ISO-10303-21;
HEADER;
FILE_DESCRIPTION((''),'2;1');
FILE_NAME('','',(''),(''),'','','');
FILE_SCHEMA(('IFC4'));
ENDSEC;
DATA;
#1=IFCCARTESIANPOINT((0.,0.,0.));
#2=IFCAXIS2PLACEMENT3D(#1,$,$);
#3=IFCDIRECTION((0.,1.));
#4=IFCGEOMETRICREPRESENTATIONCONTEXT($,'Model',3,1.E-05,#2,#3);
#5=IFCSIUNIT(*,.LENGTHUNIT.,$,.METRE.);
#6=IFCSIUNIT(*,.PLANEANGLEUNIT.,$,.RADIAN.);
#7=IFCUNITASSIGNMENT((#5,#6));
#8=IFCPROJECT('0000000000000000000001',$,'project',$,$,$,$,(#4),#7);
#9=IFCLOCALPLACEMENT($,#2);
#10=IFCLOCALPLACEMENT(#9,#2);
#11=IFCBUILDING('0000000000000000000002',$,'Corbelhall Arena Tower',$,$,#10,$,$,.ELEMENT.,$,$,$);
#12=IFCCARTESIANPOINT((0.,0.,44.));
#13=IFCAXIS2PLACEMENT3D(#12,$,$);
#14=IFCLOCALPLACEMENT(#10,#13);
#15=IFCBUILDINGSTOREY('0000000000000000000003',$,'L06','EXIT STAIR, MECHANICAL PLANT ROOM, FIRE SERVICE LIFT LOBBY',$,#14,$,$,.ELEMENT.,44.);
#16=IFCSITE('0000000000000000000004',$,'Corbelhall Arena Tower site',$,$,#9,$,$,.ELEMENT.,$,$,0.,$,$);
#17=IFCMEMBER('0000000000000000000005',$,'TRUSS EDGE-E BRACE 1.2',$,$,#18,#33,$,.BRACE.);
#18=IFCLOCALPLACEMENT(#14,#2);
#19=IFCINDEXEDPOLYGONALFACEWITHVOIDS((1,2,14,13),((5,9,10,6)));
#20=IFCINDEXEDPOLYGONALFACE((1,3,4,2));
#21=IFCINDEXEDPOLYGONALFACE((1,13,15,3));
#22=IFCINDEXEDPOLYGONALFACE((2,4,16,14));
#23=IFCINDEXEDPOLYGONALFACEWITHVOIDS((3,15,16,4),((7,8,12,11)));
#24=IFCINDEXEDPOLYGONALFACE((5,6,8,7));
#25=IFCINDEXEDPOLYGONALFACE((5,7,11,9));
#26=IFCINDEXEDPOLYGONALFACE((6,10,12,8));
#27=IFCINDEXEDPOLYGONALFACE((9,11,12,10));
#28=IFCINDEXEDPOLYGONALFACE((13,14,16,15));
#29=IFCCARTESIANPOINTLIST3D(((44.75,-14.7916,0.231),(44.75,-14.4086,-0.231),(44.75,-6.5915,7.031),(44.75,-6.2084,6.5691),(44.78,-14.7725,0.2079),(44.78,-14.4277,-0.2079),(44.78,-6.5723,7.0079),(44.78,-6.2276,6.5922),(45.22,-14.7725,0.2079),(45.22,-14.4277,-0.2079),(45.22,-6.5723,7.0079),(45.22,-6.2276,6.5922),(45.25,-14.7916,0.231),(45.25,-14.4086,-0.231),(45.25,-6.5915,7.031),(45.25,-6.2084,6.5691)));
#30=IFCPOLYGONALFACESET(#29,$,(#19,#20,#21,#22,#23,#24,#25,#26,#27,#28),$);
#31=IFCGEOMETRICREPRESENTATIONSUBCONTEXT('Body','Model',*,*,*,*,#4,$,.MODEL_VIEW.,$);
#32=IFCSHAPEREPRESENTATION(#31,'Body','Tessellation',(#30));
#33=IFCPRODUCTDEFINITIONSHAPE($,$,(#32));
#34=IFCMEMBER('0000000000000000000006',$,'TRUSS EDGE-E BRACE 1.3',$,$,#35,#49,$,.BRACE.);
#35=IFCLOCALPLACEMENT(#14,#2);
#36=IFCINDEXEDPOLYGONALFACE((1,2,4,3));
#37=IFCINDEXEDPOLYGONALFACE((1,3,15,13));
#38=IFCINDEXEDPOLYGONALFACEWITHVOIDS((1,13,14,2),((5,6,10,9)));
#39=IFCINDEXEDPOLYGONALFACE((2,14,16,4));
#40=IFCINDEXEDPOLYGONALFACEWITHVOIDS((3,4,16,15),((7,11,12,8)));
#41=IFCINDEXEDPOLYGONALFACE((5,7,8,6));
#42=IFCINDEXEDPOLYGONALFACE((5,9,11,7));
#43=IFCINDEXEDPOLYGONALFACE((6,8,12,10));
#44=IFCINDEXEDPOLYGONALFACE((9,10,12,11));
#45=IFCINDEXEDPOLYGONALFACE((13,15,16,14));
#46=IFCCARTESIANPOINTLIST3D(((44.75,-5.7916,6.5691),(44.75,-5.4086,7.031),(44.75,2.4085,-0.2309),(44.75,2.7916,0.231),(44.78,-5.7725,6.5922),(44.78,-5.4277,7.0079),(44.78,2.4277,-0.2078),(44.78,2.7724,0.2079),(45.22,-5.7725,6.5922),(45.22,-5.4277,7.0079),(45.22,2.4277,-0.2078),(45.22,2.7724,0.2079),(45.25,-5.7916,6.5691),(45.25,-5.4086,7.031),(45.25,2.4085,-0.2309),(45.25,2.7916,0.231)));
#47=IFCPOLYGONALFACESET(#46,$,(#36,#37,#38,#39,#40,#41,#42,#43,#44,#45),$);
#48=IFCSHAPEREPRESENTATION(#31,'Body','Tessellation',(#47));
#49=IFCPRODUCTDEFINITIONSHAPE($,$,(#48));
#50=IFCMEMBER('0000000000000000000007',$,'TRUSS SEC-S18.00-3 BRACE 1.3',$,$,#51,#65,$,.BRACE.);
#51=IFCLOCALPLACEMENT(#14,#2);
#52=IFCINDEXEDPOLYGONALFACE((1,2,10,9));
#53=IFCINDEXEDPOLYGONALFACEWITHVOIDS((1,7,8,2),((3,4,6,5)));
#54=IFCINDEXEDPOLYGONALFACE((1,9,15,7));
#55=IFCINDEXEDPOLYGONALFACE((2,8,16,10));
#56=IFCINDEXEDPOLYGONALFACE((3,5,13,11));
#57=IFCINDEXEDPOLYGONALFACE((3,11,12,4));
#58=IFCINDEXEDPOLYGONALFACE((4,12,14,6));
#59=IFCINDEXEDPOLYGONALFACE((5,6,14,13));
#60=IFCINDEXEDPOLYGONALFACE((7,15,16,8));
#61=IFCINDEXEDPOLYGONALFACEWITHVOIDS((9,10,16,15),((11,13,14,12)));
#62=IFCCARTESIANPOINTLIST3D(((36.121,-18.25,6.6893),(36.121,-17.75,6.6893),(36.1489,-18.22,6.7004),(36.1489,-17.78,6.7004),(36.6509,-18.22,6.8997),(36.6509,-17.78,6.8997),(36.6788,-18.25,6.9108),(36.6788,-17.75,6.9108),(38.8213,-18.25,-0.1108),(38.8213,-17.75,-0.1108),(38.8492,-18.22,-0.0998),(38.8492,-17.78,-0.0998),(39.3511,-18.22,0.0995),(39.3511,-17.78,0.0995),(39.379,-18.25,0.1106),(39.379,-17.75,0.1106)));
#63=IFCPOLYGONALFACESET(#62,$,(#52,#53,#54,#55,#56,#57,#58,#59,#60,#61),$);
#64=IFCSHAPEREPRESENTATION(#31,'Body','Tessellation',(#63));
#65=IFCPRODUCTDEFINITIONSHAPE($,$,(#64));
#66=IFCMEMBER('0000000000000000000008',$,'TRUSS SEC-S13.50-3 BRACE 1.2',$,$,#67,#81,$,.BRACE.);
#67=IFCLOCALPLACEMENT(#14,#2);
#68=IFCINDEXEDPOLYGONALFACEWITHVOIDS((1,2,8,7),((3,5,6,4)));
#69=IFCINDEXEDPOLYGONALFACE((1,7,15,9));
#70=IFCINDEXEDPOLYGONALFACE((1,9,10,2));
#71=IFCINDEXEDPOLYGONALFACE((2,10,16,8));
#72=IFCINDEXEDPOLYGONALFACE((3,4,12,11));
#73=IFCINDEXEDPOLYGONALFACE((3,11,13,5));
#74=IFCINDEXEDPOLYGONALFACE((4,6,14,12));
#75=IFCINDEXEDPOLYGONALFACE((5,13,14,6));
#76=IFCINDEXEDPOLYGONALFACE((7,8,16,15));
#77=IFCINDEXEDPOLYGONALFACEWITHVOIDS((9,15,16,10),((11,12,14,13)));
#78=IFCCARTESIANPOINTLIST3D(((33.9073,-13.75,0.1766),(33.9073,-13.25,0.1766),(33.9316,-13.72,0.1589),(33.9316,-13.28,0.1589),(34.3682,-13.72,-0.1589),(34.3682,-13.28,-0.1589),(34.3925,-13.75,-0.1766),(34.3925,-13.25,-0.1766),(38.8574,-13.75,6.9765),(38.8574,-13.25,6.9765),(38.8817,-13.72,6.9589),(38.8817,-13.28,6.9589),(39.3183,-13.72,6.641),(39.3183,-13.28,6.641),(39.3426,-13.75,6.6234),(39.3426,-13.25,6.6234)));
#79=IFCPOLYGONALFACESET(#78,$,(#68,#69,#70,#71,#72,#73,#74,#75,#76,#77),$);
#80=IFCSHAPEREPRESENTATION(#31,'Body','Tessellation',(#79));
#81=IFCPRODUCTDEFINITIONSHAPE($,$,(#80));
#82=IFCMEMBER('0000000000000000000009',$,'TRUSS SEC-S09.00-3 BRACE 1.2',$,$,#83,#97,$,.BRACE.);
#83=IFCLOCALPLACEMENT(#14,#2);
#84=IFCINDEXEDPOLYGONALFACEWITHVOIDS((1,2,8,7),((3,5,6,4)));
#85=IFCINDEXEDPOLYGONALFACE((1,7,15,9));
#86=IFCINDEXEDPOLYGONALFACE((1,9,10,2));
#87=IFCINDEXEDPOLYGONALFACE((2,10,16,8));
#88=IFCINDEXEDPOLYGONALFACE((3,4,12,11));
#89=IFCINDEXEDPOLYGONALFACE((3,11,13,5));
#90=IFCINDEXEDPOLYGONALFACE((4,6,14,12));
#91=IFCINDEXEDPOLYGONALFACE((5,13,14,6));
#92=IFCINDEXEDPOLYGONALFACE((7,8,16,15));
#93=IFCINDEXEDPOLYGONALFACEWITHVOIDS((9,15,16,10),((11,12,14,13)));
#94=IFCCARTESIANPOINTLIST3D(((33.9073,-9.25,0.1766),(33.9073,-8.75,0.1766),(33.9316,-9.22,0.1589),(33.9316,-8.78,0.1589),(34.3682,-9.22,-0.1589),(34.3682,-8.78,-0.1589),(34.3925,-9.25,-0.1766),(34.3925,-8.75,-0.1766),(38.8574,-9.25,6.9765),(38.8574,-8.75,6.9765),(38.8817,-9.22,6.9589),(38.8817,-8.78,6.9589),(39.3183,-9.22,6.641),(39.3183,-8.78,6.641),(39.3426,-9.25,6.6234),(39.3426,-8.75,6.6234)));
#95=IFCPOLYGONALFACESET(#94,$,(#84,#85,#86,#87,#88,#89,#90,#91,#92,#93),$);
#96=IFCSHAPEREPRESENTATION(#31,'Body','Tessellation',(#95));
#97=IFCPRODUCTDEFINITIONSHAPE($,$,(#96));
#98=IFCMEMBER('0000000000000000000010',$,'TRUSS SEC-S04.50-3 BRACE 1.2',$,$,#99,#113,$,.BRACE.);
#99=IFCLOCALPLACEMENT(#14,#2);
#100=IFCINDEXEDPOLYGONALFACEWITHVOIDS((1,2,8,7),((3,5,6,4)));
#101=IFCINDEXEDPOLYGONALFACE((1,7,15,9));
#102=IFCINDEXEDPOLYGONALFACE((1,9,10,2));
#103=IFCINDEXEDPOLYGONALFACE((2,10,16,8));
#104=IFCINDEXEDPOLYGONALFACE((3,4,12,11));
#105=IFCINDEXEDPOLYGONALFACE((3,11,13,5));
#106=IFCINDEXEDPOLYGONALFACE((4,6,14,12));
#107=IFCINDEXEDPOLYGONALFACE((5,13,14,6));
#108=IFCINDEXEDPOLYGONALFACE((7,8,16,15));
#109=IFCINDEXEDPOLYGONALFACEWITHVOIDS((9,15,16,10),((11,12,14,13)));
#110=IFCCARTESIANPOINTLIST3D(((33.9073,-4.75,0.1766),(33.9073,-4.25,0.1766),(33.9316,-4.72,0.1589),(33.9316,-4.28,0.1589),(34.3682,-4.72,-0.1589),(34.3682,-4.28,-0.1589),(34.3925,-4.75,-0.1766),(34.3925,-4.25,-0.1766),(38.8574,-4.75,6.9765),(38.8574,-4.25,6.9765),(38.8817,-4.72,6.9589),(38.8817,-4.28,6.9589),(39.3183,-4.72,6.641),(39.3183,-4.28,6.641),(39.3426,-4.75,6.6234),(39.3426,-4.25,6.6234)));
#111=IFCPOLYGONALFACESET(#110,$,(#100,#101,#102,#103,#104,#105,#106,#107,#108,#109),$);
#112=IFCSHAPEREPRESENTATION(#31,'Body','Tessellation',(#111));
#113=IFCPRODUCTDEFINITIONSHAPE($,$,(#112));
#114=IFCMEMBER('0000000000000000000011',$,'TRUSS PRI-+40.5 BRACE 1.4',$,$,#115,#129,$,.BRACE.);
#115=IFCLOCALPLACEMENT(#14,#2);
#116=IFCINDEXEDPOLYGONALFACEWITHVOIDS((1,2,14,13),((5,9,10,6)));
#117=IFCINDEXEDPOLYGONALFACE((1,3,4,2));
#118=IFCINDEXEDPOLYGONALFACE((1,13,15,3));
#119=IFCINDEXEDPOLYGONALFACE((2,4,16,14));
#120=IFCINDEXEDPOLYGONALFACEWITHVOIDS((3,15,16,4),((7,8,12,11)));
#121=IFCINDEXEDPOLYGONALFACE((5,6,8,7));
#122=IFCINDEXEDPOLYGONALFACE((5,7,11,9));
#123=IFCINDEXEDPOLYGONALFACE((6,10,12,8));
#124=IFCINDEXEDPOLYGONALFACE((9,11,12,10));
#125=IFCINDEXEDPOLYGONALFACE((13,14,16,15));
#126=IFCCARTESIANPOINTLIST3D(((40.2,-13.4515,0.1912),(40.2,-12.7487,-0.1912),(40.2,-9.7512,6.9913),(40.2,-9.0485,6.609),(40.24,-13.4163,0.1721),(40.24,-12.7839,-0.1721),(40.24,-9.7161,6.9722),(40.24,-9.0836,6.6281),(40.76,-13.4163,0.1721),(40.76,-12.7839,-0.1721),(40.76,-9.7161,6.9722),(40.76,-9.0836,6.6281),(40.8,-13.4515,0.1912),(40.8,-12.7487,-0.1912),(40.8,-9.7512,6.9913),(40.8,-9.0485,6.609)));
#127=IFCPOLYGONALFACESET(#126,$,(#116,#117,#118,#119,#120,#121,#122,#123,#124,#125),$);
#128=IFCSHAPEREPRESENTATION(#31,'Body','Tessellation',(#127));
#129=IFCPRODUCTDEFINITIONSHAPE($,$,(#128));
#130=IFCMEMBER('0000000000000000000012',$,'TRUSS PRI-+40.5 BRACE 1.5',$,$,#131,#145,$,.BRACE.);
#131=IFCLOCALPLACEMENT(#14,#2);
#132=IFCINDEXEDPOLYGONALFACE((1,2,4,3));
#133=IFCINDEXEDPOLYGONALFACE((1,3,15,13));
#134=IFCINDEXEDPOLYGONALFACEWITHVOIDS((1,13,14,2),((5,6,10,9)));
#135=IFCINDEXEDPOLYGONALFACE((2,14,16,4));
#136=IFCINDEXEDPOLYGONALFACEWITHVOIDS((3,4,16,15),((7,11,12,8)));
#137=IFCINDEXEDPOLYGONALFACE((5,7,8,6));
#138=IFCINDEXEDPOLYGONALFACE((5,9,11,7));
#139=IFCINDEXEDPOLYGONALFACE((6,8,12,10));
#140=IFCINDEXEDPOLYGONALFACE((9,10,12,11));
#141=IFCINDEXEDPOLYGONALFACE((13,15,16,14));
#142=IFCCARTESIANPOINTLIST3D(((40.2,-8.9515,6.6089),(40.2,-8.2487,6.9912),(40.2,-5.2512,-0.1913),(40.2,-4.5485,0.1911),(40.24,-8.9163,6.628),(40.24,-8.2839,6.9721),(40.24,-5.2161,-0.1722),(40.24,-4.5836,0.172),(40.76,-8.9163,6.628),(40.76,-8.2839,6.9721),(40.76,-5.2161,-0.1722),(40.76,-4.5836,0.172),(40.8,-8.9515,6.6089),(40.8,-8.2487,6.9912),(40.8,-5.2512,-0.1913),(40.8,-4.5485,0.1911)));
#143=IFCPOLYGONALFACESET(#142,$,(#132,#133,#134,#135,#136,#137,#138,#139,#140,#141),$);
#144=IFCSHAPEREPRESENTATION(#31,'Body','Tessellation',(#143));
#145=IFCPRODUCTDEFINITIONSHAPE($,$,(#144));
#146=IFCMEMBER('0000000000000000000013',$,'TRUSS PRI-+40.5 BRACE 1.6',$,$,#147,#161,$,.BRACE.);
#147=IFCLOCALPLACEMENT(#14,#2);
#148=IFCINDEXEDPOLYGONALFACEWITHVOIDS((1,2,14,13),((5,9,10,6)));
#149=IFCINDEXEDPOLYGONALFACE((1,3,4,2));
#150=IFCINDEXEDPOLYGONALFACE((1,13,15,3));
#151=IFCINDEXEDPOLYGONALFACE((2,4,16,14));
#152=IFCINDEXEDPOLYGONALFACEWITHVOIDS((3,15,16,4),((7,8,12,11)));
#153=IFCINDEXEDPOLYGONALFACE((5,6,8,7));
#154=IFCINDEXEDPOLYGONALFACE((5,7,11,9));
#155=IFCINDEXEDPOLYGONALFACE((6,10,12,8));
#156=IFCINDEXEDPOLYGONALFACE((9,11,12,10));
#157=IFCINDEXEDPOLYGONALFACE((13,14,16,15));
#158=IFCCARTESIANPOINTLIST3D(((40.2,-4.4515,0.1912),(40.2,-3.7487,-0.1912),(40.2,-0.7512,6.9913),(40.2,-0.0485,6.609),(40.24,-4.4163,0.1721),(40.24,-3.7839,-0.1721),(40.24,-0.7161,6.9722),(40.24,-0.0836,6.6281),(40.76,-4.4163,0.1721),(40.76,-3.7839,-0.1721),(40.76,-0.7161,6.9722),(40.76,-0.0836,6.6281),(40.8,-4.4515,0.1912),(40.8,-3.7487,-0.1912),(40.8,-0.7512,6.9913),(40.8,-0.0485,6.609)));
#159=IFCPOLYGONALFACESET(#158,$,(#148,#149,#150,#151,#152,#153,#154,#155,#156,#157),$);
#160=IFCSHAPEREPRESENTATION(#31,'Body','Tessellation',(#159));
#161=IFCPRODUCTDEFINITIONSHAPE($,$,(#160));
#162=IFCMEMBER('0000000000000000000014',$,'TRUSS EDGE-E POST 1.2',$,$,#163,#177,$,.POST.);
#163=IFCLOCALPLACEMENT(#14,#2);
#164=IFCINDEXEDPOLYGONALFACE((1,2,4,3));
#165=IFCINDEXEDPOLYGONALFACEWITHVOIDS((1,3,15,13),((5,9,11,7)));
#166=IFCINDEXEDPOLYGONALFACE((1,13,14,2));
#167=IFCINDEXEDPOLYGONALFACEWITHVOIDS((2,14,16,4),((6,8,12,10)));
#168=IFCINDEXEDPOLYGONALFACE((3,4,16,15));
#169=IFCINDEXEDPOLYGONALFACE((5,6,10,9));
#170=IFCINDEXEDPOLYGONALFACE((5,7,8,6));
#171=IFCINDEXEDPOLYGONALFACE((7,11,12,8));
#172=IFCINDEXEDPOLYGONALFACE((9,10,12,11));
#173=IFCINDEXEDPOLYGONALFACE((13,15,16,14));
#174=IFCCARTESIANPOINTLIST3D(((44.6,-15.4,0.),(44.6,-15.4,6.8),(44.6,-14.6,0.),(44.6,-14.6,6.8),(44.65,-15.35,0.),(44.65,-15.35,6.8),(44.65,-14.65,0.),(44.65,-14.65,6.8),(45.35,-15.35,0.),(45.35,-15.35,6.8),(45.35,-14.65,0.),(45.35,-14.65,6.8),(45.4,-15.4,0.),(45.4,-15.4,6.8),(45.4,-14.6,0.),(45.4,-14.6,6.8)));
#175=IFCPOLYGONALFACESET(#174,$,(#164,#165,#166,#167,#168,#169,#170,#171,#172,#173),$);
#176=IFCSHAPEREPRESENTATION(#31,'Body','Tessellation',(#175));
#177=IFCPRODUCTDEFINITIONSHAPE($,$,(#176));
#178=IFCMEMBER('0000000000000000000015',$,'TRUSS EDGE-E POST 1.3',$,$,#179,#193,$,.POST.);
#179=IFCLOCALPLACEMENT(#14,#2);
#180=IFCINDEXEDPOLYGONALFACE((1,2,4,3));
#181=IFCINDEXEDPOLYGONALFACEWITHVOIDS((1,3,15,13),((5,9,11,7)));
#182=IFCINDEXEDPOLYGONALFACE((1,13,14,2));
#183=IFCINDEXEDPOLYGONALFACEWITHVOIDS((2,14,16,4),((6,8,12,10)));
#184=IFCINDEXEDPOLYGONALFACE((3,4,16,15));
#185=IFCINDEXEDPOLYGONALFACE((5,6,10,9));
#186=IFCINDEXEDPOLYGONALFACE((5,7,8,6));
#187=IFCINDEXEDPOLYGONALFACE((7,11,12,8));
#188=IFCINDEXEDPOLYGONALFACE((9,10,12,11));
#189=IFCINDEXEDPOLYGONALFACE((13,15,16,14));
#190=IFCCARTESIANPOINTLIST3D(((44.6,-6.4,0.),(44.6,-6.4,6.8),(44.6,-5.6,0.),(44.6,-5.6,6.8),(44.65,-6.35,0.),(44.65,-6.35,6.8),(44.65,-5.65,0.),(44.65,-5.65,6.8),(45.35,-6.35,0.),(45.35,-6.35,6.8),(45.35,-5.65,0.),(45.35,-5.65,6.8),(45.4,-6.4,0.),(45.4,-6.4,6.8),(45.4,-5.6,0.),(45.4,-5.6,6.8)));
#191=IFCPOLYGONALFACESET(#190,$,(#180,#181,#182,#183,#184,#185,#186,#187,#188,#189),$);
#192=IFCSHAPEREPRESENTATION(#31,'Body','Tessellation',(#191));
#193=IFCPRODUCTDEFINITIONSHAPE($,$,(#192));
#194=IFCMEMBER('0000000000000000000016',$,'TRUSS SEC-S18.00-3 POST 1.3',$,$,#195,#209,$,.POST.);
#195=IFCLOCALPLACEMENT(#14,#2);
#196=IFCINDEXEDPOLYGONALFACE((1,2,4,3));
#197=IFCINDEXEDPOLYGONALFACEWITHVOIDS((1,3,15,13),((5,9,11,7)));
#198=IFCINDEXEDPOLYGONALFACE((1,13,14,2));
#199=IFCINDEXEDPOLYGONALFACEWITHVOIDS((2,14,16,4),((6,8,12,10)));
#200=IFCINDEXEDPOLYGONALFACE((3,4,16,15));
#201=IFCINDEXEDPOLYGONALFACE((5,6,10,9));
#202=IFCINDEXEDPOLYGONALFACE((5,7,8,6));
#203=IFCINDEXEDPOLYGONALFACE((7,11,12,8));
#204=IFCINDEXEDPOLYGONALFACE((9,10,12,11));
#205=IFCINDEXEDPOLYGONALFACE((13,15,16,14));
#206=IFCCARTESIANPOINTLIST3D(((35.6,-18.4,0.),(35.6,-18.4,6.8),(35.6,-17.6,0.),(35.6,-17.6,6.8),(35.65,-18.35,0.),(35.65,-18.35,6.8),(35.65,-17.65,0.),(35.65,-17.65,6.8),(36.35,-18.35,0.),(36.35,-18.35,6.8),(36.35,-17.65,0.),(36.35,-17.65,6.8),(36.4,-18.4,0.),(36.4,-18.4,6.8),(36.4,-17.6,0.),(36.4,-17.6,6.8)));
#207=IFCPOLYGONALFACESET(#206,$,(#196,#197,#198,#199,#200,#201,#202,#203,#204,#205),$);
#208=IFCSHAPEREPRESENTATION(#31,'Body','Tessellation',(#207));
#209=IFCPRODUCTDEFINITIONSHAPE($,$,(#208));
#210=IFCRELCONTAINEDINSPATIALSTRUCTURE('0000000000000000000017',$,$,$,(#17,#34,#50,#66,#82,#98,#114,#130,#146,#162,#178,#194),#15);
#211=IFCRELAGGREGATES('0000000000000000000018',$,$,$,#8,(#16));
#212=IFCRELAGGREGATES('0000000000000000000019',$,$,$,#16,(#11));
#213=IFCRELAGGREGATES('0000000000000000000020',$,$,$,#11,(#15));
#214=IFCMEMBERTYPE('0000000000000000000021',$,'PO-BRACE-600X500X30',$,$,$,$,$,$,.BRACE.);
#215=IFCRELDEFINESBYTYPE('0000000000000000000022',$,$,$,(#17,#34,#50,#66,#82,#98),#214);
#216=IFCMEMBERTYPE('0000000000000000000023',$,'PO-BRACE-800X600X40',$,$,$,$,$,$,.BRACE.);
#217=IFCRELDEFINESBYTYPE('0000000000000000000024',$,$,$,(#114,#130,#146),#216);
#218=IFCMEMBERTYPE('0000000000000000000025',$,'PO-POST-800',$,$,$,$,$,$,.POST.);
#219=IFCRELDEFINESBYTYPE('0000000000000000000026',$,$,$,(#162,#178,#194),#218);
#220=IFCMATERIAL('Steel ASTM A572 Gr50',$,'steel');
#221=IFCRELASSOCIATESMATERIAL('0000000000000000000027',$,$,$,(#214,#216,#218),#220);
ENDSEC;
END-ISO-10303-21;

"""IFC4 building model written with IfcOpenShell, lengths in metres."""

from ifc_helpers import new_model, si_unit, direction, frame, origin, origin_2d, place, context, subcontext, project, spatial, hollow_rectangle, extrude, material, material_profile, profile_set, type_object, element, save


model = new_model("IFC4")

# Units and contexts
model_context = context("Model", 3, precision=1e-05, world=origin(), true_north=direction((0.0, 1.0)))
body_context = subcontext(model_context, "Body", "Model", "MODEL_VIEW")
ifc_project = project(units=[si_unit("LENGTHUNIT", "METRE"), si_unit("PLANEANGLEUNIT", "RADIAN")], contexts=[model_context])

# Site, building, storey
site_placement = place(None, origin())
site = spatial("IfcSite", under=ifc_project, at=site_placement, Name="Corbelhall Arena Tower site", CompositionType="ELEMENT", RefElevation=0.0)
building_placement = place(site_placement, origin())
building = spatial("IfcBuilding", under=site, at=building_placement, Name="Corbelhall Arena Tower", CompositionType="ELEMENT")
storey_placement = place(building_placement, frame((0.0, 0.0, 44.0)))
storey = spatial("IfcBuildingStorey", under=building, at=storey_placement, Name="L06", Description="EXIT STAIR, MECHANICAL PLANT ROOM, FIRE SERVICE LIFT LOBBY", CompositionType="ELEMENT", Elevation=44.0)

# Members
ifc_material_1 = material(Name="Steel ASTM A572 Gr50", Category="steel")
ifc_material_profile_1 = material_profile(ifc_material_1, hollow_rectangle(XDim=0.5, YDim=0.6001, WallThickness=0.03, at=origin_2d()))
ifc_profile_set_1 = profile_set([ifc_material_profile_1], Name="Steel ASTM A572 Gr50")
member_type_1 = type_object("IfcMemberType", Name="PO-BRACE-600X500X30", PredefinedType="BRACE", material=ifc_profile_set_1)
for number, where, z_axis, x_axis, name in (
    (1, (45.0, -14.6001, 0.0), (0.0, 0.769763, 0.63833), (-1.0, 0.0, 0.0), "TRUSS EDGE-E BRACE 1.2"),
    (2, (45.0, -5.6001, 6.8), (0.0, 0.769763, -0.63833), (-1.0, 0.0, 0.0), "TRUSS EDGE-E BRACE 1.3"),
):
    element("IfcMember", number, at=place(storey_placement, frame(where, z_axis=z_axis, x_axis=x_axis)), inside=storey, type_object=member_type_1, Name=name, PredefinedType="BRACE", context=body_context, shape_type="SweptSolid", body=[
        extrude(hollow_rectangle(XDim=0.5, YDim=0.6001, WallThickness=0.03, at=origin_2d()), origin(), (0.0, 0.0, 1.0), 10.6528),
    ])
member_placement = place(storey_placement, frame((36.3999, -18.0, 6.8), z_axis=(0.369054, 0.0, -0.929408), x_axis=(0.0, 1.0, 0.0)))
element("IfcMember", 3, at=member_placement, inside=storey, type_object=member_type_1, Name="TRUSS SEC-S18.00-3 BRACE 1.3", PredefinedType="BRACE", context=body_context, shape_type="SweptSolid", body=[
    extrude(hollow_rectangle(XDim=0.5, YDim=0.6001, WallThickness=0.03, at=origin_2d()), origin(), (0.0, 0.0, 1.0), 7.3167),
])
for number, where, z_axis, x_axis, name in (
    (4, (34.1499, -13.5, 0.0), (0.588538, 0.0, 0.80847), (0.0, 1.0, 0.0), "TRUSS SEC-S13.50-3 BRACE 1.2"),
    (5, (34.1499, -9.0, 0.0), (0.588538, 0.0, 0.80847), (0.0, 1.0, 0.0), "TRUSS SEC-S09.00-3 BRACE 1.2"),
    (6, (34.1499, -4.5, 0.0), (0.588538, 0.0, 0.80847), (0.0, 1.0, 0.0), "TRUSS SEC-S04.50-3 BRACE 1.2"),
):
    element("IfcMember", number, at=place(storey_placement, frame(where, z_axis=z_axis, x_axis=x_axis)), inside=storey, type_object=member_type_1, Name=name, PredefinedType="BRACE", context=body_context, shape_type="SweptSolid", body=[
        extrude(hollow_rectangle(XDim=0.5, YDim=0.6001, WallThickness=0.03, at=origin_2d()), origin(), (0.0, 0.0, 1.0), 8.4109),
    ])
ifc_material_profile_2 = material_profile(ifc_material_1, hollow_rectangle(XDim=0.6001, YDim=0.8, WallThickness=0.04, at=origin_2d()))
ifc_profile_set_2 = profile_set([ifc_material_profile_2], Name="Steel ASTM A572 Gr50")
member_type_2 = type_object("IfcMemberType", Name="PO-BRACE-800X600X40", PredefinedType="BRACE", material=ifc_profile_set_2)
for number, where, z_axis, x_axis, name in (
    (7, (40.5, -13.1001, 0.0), (0.0, 0.477964, 0.87838), (-1.0, 0.0, 0.0), "TRUSS PRI-+40.5 BRACE 1.4"),
    (8, (40.5, -8.6001, 6.8), (0.0, 0.477964, -0.87838), (-1.0, 0.0, 0.0), "TRUSS PRI-+40.5 BRACE 1.5"),
    (9, (40.5, -4.1001, 0.0), (0.0, 0.477964, 0.87838), (-1.0, 0.0, 0.0), "TRUSS PRI-+40.5 BRACE 1.6"),
):
    element("IfcMember", number, at=place(storey_placement, frame(where, z_axis=z_axis, x_axis=x_axis)), inside=storey, type_object=member_type_2, Name=name, PredefinedType="BRACE", context=body_context, shape_type="SweptSolid", body=[
        extrude(hollow_rectangle(XDim=0.6001, YDim=0.8, WallThickness=0.04, at=origin_2d()), origin(), (0.0, 0.0, 1.0), 7.7417),
    ])
ifc_material_profile_3 = material_profile(ifc_material_1, hollow_rectangle(XDim=0.8, YDim=0.8, WallThickness=0.05, at=origin_2d()))
ifc_profile_set_3 = profile_set([ifc_material_profile_3], Name="Steel ASTM A572 Gr50")
member_type_3 = type_object("IfcMemberType", Name="PO-POST-800", PredefinedType="POST", material=ifc_profile_set_3)
for number, where, z_axis, x_axis, name in (
    (10, (45.0, -15.0, 0.0), (0.0, 0.0, 1.0), (1.0, 0.0, 0.0), "TRUSS EDGE-E POST 1.2"),
    (11, (45.0, -6.0, 0.0), (0.0, 0.0, 1.0), (1.0, 0.0, 0.0), "TRUSS EDGE-E POST 1.3"),
    (12, (36.0, -18.0, 0.0), (0.0, 0.0, 1.0), (1.0, 0.0, 0.0), "TRUSS SEC-S18.00-3 POST 1.3"),
):
    element("IfcMember", number, at=place(storey_placement, frame(where, z_axis=z_axis, x_axis=x_axis)), inside=storey, type_object=member_type_3, Name=name, PredefinedType="POST", context=body_context, shape_type="SweptSolid", body=[
        extrude(hollow_rectangle(XDim=0.8, YDim=0.8, WallThickness=0.05, at=origin_2d()), origin(), (0.0, 0.0, 1.0), 6.8),
    ])

save(model, "model.ifc")
